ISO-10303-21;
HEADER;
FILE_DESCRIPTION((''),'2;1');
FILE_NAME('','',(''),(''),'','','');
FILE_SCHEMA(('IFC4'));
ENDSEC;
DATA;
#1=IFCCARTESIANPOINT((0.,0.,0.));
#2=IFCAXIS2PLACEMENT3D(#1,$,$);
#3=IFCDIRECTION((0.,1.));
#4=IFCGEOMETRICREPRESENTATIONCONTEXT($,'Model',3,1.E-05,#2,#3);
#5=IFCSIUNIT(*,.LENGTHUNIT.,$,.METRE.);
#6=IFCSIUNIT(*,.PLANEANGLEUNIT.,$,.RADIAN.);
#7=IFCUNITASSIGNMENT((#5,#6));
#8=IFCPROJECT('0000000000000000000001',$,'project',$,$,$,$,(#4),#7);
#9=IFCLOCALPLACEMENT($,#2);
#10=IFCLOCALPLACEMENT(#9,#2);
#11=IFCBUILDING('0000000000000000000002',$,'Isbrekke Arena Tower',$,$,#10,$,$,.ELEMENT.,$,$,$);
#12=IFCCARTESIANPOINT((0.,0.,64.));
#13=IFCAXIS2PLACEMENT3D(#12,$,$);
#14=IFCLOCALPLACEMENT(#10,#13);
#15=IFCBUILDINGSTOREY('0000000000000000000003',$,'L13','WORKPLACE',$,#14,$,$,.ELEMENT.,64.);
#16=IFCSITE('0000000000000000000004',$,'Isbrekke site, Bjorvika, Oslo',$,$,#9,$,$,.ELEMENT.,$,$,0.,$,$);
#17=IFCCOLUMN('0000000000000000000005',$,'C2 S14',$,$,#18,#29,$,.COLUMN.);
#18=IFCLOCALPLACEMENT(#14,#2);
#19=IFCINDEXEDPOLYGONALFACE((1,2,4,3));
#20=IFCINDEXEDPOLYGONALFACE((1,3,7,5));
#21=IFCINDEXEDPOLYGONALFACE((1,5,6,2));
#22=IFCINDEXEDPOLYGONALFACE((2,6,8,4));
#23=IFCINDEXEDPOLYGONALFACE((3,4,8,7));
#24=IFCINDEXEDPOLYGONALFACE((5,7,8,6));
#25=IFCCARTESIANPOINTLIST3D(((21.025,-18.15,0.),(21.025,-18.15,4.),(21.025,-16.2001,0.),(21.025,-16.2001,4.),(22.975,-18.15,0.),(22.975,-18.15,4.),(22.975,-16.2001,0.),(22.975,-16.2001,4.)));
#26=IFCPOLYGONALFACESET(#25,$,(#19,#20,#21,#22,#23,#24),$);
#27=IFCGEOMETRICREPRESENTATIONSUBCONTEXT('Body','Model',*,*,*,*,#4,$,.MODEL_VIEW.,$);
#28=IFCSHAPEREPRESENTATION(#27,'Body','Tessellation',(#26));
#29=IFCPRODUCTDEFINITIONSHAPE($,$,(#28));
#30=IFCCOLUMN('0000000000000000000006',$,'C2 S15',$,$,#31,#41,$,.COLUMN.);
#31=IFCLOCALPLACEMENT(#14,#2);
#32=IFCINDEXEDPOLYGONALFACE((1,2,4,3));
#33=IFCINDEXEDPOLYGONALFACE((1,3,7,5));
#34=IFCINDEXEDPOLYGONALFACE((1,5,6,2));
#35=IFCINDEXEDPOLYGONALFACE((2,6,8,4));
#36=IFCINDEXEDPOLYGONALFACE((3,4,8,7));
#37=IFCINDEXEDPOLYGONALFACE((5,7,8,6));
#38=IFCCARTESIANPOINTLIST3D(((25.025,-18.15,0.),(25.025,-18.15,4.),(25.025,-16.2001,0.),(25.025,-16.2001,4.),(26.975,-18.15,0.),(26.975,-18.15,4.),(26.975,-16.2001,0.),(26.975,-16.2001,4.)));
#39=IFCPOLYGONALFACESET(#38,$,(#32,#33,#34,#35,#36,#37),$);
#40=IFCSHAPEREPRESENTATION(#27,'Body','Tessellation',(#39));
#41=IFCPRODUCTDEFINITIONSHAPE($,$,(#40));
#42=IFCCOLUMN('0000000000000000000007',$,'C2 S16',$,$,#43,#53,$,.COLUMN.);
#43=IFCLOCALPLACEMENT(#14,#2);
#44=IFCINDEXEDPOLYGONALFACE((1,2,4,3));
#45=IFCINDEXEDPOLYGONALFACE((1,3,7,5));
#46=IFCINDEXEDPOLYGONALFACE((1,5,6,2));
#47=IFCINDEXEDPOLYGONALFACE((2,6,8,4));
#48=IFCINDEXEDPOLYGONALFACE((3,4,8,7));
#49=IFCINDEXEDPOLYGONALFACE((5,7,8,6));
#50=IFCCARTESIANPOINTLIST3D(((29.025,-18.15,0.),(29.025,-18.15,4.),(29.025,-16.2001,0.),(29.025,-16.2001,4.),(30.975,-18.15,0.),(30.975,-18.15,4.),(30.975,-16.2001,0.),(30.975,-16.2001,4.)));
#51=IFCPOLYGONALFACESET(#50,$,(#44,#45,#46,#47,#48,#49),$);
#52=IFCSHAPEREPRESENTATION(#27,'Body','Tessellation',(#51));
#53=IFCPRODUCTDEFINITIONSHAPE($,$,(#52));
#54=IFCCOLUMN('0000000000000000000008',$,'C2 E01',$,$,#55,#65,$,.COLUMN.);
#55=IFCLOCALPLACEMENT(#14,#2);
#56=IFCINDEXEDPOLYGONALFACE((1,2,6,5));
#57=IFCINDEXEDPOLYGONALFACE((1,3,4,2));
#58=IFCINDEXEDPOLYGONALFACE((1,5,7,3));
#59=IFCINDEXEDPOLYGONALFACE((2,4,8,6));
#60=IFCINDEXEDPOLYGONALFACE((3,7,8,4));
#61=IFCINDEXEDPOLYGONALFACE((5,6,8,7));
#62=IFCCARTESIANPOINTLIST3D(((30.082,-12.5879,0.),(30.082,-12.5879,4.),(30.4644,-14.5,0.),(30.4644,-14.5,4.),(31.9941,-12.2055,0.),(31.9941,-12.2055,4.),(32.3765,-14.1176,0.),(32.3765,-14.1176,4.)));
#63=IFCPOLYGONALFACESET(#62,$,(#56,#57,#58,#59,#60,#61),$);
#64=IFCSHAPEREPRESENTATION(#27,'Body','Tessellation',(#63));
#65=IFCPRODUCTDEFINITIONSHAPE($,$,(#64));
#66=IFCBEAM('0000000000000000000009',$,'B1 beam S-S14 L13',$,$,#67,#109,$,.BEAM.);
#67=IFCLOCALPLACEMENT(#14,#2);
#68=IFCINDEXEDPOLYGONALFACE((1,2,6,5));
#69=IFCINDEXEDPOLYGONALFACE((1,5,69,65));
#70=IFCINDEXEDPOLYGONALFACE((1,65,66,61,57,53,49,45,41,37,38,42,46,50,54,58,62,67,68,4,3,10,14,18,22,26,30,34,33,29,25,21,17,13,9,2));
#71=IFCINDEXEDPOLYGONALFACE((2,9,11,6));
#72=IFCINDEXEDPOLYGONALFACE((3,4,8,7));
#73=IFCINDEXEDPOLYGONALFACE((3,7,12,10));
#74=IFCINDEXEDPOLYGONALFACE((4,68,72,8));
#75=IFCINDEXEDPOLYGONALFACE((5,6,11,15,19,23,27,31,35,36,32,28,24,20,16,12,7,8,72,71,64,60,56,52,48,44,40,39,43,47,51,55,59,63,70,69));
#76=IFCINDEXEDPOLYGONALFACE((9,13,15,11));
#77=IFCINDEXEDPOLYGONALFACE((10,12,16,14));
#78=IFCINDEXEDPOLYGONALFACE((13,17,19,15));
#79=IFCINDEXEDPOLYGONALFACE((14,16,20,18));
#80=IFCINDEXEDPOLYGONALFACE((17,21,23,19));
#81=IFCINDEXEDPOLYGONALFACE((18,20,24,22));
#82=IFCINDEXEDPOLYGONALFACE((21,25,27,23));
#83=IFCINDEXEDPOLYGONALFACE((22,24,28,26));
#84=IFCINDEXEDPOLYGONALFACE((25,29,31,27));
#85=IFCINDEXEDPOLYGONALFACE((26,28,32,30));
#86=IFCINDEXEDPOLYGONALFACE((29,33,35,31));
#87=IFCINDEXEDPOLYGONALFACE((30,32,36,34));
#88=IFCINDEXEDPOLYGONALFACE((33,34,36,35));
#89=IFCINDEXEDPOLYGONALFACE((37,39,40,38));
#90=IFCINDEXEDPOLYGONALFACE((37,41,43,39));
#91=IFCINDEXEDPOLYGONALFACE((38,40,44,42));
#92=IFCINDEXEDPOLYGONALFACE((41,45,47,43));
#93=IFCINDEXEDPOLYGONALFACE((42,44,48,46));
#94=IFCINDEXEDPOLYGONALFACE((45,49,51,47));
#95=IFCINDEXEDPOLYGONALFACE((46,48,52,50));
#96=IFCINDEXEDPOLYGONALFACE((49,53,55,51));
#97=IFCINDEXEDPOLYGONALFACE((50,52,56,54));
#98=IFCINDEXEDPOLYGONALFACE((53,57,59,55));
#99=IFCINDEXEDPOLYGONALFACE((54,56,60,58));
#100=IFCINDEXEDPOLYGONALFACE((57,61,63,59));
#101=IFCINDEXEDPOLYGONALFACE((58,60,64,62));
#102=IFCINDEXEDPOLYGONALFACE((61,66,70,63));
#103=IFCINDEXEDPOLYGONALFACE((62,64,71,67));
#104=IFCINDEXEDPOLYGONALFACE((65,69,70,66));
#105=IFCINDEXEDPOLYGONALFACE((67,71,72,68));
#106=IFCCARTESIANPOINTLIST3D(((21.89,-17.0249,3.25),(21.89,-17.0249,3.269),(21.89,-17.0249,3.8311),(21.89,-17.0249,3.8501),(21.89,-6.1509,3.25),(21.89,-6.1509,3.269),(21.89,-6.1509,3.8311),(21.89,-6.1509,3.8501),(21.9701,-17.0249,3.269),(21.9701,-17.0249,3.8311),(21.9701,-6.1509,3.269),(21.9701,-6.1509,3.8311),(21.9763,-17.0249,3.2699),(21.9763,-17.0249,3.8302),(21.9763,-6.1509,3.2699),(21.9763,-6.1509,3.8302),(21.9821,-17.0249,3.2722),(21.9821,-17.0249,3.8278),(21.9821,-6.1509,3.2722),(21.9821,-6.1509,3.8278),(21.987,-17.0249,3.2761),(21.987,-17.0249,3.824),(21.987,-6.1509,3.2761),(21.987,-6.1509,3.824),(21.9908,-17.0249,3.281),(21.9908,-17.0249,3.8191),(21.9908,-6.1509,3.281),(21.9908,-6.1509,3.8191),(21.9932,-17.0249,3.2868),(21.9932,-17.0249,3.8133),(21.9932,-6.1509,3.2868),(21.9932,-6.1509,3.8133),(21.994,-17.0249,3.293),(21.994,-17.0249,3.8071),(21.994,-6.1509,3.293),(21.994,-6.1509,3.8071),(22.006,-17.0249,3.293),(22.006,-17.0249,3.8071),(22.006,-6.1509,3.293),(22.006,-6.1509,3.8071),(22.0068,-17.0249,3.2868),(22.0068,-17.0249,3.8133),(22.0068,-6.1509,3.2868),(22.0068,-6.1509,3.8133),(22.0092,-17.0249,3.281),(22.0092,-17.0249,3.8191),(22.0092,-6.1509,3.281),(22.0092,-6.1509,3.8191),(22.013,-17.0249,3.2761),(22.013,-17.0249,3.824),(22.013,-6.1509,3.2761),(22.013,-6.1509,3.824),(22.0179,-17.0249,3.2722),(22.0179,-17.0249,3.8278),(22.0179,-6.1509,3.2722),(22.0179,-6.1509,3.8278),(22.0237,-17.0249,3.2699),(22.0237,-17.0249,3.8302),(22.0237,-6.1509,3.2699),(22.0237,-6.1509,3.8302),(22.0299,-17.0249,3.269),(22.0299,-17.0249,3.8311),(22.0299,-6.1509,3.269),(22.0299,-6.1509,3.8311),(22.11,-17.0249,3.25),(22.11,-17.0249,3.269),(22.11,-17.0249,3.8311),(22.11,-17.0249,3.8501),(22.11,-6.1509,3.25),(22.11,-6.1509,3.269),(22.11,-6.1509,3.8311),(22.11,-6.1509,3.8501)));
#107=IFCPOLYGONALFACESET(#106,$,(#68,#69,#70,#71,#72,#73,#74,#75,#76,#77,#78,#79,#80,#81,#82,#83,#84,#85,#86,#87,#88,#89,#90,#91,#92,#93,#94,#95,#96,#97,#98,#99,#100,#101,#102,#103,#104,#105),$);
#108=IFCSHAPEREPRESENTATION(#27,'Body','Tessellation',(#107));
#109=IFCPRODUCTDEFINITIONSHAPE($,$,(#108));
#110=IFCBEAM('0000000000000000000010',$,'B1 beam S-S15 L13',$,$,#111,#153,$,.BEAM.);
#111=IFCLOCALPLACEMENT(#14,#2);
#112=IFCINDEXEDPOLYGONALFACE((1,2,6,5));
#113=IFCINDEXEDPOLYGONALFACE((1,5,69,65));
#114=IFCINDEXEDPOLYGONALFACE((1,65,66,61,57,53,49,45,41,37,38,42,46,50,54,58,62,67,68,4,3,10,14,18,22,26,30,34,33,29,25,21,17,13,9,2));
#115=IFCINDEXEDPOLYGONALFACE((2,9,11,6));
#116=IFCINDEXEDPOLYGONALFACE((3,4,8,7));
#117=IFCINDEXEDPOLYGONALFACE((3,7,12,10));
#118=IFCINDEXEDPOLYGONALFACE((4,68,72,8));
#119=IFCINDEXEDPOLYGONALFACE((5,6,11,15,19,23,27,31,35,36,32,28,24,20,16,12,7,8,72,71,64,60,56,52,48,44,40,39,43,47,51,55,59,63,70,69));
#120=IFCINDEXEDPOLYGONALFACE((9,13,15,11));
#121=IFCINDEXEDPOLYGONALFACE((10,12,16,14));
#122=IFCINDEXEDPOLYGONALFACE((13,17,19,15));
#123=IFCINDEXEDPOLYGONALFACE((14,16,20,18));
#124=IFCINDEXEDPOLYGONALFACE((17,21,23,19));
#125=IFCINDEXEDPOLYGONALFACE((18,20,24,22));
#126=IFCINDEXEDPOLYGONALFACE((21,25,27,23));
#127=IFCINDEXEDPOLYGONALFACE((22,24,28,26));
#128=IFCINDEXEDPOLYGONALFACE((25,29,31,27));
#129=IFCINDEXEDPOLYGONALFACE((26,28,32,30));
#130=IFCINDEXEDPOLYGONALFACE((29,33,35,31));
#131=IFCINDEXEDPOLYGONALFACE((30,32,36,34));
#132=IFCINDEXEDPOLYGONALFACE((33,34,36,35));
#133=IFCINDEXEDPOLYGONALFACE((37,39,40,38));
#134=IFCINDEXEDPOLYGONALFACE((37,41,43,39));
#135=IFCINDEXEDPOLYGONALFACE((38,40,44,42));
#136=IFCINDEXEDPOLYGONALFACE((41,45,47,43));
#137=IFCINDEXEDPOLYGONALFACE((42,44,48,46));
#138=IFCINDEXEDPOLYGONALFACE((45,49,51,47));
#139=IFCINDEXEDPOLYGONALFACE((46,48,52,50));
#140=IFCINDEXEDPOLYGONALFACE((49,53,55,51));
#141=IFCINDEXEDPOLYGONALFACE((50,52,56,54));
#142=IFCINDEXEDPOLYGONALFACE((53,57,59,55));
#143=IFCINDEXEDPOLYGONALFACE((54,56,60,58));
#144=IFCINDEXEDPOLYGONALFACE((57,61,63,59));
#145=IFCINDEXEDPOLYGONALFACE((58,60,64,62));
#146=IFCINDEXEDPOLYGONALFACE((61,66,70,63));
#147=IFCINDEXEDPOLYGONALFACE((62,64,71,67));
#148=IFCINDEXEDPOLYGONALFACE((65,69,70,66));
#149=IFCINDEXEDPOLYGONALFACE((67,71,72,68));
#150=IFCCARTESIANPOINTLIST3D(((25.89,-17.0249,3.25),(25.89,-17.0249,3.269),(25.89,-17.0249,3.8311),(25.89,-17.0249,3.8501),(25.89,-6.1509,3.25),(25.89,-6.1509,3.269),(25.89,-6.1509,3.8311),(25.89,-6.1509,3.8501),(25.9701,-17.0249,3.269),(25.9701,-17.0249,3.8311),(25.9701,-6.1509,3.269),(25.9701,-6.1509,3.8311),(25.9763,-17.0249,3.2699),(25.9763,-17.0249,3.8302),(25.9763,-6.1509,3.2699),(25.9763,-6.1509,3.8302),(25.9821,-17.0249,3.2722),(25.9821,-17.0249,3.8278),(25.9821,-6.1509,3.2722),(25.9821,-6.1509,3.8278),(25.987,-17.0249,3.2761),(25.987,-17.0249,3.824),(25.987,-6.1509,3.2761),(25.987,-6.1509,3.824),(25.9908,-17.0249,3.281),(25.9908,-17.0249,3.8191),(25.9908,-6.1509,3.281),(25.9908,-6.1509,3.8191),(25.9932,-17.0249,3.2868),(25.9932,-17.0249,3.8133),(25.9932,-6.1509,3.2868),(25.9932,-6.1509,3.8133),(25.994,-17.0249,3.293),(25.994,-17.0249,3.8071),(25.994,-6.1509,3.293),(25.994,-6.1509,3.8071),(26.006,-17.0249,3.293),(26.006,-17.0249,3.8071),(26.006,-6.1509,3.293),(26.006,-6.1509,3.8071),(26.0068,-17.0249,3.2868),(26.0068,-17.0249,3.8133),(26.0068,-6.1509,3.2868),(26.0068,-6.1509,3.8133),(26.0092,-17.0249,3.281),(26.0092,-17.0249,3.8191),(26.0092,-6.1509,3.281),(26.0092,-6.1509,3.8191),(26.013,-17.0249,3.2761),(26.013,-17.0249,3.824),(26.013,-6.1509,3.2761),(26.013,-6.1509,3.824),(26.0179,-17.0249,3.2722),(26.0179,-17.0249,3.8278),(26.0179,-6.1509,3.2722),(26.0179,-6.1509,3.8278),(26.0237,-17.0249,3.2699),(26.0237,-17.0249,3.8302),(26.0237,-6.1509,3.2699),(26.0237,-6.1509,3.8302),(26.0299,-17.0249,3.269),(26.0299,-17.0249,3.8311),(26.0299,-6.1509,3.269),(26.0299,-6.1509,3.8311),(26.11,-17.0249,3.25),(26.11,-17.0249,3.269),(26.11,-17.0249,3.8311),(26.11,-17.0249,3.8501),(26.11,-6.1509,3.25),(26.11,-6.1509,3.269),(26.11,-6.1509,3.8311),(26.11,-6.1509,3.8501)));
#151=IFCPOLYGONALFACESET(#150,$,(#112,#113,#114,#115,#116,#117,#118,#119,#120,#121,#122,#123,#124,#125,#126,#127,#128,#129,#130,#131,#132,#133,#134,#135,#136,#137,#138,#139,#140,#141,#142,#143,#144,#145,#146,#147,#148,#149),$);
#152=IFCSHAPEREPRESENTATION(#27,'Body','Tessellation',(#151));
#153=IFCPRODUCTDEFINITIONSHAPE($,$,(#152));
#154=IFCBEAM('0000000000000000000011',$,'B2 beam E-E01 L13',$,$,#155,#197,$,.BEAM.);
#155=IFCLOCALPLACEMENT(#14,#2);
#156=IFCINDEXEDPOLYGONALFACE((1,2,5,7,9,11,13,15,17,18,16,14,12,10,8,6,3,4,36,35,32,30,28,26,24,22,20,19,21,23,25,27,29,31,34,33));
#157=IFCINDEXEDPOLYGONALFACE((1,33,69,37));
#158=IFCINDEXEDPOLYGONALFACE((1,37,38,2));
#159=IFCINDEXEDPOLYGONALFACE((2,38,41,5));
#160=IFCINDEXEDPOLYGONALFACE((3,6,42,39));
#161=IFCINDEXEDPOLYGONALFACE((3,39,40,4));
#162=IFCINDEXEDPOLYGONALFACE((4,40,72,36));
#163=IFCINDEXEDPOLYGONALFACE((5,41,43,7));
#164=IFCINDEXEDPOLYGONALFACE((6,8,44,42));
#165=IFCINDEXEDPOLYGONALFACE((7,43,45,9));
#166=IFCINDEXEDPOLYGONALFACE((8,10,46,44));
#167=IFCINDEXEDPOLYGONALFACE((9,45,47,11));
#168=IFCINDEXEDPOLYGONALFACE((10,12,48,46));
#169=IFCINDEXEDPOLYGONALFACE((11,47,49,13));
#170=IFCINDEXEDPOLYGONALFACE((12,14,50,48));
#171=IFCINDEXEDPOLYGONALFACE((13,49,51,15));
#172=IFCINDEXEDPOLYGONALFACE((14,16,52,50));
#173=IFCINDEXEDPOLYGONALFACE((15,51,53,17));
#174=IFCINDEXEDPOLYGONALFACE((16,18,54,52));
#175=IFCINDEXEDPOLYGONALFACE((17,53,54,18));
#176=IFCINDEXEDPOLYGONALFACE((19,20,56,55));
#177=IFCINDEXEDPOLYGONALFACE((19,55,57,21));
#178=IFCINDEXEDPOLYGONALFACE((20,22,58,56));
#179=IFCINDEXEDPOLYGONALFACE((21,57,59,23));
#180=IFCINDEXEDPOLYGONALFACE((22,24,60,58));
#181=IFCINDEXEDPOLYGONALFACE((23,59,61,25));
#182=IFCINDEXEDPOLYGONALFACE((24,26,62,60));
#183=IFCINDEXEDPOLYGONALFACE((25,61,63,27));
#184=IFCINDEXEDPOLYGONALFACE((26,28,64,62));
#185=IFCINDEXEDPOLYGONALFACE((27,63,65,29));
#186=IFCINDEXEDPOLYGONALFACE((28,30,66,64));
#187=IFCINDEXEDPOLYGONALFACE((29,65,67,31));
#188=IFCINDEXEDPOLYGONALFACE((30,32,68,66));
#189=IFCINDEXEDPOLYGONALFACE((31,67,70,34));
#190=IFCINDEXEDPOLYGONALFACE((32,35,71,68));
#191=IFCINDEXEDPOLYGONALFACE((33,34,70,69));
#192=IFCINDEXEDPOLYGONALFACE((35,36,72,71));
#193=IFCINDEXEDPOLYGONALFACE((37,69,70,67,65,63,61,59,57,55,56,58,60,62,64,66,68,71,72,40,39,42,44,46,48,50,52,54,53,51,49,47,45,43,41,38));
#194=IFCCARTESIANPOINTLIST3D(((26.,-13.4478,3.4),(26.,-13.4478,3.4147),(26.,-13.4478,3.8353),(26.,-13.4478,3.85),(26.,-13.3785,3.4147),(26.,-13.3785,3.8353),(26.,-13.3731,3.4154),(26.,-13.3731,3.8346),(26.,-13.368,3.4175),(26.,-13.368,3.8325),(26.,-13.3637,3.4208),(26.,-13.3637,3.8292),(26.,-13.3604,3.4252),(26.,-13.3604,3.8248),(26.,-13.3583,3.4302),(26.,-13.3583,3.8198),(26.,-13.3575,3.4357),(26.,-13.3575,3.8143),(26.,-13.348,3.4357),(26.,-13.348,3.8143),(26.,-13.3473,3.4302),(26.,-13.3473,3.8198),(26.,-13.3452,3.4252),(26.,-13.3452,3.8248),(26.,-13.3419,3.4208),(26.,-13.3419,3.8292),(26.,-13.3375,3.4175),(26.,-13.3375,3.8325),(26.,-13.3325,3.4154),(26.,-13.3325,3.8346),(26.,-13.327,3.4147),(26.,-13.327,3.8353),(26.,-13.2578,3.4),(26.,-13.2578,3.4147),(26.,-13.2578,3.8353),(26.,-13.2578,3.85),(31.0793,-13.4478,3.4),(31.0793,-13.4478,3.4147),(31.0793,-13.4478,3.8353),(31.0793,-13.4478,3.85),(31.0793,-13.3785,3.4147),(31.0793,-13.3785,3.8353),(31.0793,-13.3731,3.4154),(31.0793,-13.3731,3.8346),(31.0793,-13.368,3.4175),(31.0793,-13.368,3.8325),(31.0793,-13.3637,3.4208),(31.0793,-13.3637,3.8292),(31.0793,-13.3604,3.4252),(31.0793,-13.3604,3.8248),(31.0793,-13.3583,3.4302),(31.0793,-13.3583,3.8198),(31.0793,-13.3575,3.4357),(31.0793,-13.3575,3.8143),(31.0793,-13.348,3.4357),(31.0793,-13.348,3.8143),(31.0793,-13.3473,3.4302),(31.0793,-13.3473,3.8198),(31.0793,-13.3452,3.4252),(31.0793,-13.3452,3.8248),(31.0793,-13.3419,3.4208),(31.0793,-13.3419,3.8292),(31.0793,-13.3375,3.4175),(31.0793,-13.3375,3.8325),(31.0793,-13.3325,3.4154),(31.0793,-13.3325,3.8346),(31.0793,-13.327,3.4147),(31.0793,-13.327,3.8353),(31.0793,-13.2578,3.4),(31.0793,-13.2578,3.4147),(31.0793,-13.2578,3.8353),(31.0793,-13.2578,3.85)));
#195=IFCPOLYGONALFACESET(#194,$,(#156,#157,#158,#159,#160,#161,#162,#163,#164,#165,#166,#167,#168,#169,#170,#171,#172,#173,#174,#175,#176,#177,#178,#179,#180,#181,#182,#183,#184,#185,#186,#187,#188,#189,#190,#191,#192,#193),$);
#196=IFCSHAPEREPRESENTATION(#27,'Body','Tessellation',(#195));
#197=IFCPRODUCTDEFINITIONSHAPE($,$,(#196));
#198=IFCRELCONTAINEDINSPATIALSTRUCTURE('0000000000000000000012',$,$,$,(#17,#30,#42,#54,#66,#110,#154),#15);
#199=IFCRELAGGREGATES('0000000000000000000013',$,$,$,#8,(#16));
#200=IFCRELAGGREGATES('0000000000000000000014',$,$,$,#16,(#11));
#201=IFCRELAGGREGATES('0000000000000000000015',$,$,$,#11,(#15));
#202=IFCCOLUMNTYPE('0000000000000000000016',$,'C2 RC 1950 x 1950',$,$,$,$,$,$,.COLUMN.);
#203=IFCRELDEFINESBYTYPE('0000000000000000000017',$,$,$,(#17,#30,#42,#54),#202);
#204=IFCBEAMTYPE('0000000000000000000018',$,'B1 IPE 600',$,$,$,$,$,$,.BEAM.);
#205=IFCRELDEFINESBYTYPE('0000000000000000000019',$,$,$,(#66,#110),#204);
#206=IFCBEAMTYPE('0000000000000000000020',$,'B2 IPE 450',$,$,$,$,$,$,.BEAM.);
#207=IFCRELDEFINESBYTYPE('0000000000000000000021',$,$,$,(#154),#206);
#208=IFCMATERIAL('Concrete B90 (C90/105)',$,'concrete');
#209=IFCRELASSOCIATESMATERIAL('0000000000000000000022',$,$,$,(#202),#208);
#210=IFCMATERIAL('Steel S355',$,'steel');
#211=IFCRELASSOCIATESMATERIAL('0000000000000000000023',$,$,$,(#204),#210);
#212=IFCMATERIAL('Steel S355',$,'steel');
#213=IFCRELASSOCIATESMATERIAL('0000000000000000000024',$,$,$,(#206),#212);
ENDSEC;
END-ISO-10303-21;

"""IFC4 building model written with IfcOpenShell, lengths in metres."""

from ifc_helpers import new_model, si_unit, direction, frame, origin, origin_2d, place, context, subcontext, project, spatial, rectangle, i_section, extrude, material, material_profile, profile_set, type_object, element, save


model = new_model("IFC4")

# Units and contexts
model_context = context("Model", 3, precision=1e-05, world=origin(), true_north=direction((0.0, 1.0)))
body_context = subcontext(model_context, "Body", "Model", "MODEL_VIEW")
ifc_project = project(units=[si_unit("LENGTHUNIT", "METRE"), si_unit("PLANEANGLEUNIT", "RADIAN")], contexts=[model_context])

# Site, building, storey
site_placement = place(None, origin())
site = spatial("IfcSite", under=ifc_project, at=site_placement, Name="Isbrekke site, Bjorvika, Oslo", CompositionType="ELEMENT", RefElevation=0.0)
building_placement = place(site_placement, origin())
building = spatial("IfcBuilding", under=site, at=building_placement, Name="Isbrekke Arena Tower", CompositionType="ELEMENT")
storey_placement = place(building_placement, frame((0.0, 0.0, 64.0)))
storey = spatial("IfcBuildingStorey", under=building, at=storey_placement, Name="L13", Description="WORKPLACE", CompositionType="ELEMENT", Elevation=64.0)

# Columns
ifc_material_1 = material(Name="Concrete B90 (C90/105)", Category="concrete")
ifc_material_profile_1 = material_profile(ifc_material_1, rectangle(XDim=1.95, YDim=1.95, at=origin_2d()), Name="RC 1950x1950")
ifc_profile_set_1 = profile_set([ifc_material_profile_1], Name="Concrete B90 (C90/105)")
column_type = type_object("IfcColumnType", Name="C2 RC 1950 x 1950", PredefinedType="COLUMN", material=ifc_profile_set_1)
for number, where, z_axis, x_axis, name in (
    (1, (22.0, -17.175, 0.0), (0.0, 0.0, 1.0), (1.0, 0.0, 0.0), "C2 S14"),
    (2, (26.0, -17.175, 0.0), (0.0, 0.0, 1.0), (1.0, 0.0, 0.0), "C2 S15"),
    (3, (30.0, -17.175, 0.0), (0.0, 0.0, 1.0), (1.0, 0.0, 0.0), "C2 S16"),
    (4, (31.2292, -13.3528, 0.0), (0.0, 0.0, 1.0), (-0.196116, 0.980581, 0.0), "C2 E01"),
):
    element("IfcColumn", number, at=place(storey_placement, frame(where, z_axis=z_axis, x_axis=x_axis)), inside=storey, type_object=column_type, Name=name, PredefinedType="COLUMN", context=body_context, shape_type="SweptSolid", body=[
        extrude(rectangle(XDim=1.95, YDim=1.95, at=origin_2d()), origin(), (0.0, 0.0, 1.0), 4.0),
    ])

# Beams
ifc_material_2 = material(Name="Steel S355", Category="steel")
ifc_material_profile_2 = material_profile(ifc_material_2, i_section(OverallWidth=0.22, OverallDepth=0.6001, WebThickness=0.012, FlangeThickness=0.019, FilletRadius=0.0239, at=origin_2d()), Name="IPE 600")
ifc_profile_set_2 = profile_set([ifc_material_profile_2], Name="Steel S355")
beam_type_1 = type_object("IfcBeamType", Name="B1 IPE 600", PredefinedType="BEAM", material=ifc_profile_set_2)
for number, where, z_axis, x_axis, name in (
    (5, (22.0, -17.0249, 3.55), (0.0, 1.0, 0.0), (-1.0, 0.0, 0.0), "B1 beam S-S14 L13"),
    (6, (26.0, -17.0249, 3.55), (0.0, 1.0, 0.0), (-1.0, 0.0, 0.0), "B1 beam S-S15 L13"),
):
    element("IfcBeam", number, at=place(storey_placement, frame(where, z_axis=z_axis, x_axis=x_axis)), inside=storey, type_object=beam_type_1, Name=name, PredefinedType="BEAM", context=body_context, shape_type="SweptSolid", body=[
        extrude(i_section(OverallWidth=0.22, OverallDepth=0.6001, WebThickness=0.012, FlangeThickness=0.019, FilletRadius=0.0239, at=origin_2d()), origin(), (0.0, 0.0, 1.0), 10.874),
    ])
ifc_material_3 = material(Name="Steel S355", Category="steel")
ifc_material_profile_3 = material_profile(ifc_material_3, i_section(OverallWidth=0.1899, OverallDepth=0.45, WebThickness=0.0095, FlangeThickness=0.0146, FilletRadius=0.021, at=origin_2d()), Name="IPE 450")
ifc_profile_set_3 = profile_set([ifc_material_profile_3], Name="Steel S355")
beam_type_2 = type_object("IfcBeamType", Name="B2 IPE 450", PredefinedType="BEAM", material=ifc_profile_set_3)
beam_1_placement = place(storey_placement, frame((31.0793, -13.3528, 3.625), z_axis=(-1.0, 0.0, 0.0), x_axis=(0.0, -1.0, 0.0)))
element("IfcBeam", 7, at=beam_1_placement, inside=storey, type_object=beam_type_2, Name="B2 beam E-E01 L13", PredefinedType="BEAM", context=body_context, shape_type="SweptSolid", body=[
    extrude(i_section(OverallWidth=0.1899, OverallDepth=0.45, WebThickness=0.0095, FlangeThickness=0.0146, FilletRadius=0.021, at=origin_2d()), origin(), (0.0, 0.0, 1.0), 5.0793),
])

save(model, "model.ifc")
